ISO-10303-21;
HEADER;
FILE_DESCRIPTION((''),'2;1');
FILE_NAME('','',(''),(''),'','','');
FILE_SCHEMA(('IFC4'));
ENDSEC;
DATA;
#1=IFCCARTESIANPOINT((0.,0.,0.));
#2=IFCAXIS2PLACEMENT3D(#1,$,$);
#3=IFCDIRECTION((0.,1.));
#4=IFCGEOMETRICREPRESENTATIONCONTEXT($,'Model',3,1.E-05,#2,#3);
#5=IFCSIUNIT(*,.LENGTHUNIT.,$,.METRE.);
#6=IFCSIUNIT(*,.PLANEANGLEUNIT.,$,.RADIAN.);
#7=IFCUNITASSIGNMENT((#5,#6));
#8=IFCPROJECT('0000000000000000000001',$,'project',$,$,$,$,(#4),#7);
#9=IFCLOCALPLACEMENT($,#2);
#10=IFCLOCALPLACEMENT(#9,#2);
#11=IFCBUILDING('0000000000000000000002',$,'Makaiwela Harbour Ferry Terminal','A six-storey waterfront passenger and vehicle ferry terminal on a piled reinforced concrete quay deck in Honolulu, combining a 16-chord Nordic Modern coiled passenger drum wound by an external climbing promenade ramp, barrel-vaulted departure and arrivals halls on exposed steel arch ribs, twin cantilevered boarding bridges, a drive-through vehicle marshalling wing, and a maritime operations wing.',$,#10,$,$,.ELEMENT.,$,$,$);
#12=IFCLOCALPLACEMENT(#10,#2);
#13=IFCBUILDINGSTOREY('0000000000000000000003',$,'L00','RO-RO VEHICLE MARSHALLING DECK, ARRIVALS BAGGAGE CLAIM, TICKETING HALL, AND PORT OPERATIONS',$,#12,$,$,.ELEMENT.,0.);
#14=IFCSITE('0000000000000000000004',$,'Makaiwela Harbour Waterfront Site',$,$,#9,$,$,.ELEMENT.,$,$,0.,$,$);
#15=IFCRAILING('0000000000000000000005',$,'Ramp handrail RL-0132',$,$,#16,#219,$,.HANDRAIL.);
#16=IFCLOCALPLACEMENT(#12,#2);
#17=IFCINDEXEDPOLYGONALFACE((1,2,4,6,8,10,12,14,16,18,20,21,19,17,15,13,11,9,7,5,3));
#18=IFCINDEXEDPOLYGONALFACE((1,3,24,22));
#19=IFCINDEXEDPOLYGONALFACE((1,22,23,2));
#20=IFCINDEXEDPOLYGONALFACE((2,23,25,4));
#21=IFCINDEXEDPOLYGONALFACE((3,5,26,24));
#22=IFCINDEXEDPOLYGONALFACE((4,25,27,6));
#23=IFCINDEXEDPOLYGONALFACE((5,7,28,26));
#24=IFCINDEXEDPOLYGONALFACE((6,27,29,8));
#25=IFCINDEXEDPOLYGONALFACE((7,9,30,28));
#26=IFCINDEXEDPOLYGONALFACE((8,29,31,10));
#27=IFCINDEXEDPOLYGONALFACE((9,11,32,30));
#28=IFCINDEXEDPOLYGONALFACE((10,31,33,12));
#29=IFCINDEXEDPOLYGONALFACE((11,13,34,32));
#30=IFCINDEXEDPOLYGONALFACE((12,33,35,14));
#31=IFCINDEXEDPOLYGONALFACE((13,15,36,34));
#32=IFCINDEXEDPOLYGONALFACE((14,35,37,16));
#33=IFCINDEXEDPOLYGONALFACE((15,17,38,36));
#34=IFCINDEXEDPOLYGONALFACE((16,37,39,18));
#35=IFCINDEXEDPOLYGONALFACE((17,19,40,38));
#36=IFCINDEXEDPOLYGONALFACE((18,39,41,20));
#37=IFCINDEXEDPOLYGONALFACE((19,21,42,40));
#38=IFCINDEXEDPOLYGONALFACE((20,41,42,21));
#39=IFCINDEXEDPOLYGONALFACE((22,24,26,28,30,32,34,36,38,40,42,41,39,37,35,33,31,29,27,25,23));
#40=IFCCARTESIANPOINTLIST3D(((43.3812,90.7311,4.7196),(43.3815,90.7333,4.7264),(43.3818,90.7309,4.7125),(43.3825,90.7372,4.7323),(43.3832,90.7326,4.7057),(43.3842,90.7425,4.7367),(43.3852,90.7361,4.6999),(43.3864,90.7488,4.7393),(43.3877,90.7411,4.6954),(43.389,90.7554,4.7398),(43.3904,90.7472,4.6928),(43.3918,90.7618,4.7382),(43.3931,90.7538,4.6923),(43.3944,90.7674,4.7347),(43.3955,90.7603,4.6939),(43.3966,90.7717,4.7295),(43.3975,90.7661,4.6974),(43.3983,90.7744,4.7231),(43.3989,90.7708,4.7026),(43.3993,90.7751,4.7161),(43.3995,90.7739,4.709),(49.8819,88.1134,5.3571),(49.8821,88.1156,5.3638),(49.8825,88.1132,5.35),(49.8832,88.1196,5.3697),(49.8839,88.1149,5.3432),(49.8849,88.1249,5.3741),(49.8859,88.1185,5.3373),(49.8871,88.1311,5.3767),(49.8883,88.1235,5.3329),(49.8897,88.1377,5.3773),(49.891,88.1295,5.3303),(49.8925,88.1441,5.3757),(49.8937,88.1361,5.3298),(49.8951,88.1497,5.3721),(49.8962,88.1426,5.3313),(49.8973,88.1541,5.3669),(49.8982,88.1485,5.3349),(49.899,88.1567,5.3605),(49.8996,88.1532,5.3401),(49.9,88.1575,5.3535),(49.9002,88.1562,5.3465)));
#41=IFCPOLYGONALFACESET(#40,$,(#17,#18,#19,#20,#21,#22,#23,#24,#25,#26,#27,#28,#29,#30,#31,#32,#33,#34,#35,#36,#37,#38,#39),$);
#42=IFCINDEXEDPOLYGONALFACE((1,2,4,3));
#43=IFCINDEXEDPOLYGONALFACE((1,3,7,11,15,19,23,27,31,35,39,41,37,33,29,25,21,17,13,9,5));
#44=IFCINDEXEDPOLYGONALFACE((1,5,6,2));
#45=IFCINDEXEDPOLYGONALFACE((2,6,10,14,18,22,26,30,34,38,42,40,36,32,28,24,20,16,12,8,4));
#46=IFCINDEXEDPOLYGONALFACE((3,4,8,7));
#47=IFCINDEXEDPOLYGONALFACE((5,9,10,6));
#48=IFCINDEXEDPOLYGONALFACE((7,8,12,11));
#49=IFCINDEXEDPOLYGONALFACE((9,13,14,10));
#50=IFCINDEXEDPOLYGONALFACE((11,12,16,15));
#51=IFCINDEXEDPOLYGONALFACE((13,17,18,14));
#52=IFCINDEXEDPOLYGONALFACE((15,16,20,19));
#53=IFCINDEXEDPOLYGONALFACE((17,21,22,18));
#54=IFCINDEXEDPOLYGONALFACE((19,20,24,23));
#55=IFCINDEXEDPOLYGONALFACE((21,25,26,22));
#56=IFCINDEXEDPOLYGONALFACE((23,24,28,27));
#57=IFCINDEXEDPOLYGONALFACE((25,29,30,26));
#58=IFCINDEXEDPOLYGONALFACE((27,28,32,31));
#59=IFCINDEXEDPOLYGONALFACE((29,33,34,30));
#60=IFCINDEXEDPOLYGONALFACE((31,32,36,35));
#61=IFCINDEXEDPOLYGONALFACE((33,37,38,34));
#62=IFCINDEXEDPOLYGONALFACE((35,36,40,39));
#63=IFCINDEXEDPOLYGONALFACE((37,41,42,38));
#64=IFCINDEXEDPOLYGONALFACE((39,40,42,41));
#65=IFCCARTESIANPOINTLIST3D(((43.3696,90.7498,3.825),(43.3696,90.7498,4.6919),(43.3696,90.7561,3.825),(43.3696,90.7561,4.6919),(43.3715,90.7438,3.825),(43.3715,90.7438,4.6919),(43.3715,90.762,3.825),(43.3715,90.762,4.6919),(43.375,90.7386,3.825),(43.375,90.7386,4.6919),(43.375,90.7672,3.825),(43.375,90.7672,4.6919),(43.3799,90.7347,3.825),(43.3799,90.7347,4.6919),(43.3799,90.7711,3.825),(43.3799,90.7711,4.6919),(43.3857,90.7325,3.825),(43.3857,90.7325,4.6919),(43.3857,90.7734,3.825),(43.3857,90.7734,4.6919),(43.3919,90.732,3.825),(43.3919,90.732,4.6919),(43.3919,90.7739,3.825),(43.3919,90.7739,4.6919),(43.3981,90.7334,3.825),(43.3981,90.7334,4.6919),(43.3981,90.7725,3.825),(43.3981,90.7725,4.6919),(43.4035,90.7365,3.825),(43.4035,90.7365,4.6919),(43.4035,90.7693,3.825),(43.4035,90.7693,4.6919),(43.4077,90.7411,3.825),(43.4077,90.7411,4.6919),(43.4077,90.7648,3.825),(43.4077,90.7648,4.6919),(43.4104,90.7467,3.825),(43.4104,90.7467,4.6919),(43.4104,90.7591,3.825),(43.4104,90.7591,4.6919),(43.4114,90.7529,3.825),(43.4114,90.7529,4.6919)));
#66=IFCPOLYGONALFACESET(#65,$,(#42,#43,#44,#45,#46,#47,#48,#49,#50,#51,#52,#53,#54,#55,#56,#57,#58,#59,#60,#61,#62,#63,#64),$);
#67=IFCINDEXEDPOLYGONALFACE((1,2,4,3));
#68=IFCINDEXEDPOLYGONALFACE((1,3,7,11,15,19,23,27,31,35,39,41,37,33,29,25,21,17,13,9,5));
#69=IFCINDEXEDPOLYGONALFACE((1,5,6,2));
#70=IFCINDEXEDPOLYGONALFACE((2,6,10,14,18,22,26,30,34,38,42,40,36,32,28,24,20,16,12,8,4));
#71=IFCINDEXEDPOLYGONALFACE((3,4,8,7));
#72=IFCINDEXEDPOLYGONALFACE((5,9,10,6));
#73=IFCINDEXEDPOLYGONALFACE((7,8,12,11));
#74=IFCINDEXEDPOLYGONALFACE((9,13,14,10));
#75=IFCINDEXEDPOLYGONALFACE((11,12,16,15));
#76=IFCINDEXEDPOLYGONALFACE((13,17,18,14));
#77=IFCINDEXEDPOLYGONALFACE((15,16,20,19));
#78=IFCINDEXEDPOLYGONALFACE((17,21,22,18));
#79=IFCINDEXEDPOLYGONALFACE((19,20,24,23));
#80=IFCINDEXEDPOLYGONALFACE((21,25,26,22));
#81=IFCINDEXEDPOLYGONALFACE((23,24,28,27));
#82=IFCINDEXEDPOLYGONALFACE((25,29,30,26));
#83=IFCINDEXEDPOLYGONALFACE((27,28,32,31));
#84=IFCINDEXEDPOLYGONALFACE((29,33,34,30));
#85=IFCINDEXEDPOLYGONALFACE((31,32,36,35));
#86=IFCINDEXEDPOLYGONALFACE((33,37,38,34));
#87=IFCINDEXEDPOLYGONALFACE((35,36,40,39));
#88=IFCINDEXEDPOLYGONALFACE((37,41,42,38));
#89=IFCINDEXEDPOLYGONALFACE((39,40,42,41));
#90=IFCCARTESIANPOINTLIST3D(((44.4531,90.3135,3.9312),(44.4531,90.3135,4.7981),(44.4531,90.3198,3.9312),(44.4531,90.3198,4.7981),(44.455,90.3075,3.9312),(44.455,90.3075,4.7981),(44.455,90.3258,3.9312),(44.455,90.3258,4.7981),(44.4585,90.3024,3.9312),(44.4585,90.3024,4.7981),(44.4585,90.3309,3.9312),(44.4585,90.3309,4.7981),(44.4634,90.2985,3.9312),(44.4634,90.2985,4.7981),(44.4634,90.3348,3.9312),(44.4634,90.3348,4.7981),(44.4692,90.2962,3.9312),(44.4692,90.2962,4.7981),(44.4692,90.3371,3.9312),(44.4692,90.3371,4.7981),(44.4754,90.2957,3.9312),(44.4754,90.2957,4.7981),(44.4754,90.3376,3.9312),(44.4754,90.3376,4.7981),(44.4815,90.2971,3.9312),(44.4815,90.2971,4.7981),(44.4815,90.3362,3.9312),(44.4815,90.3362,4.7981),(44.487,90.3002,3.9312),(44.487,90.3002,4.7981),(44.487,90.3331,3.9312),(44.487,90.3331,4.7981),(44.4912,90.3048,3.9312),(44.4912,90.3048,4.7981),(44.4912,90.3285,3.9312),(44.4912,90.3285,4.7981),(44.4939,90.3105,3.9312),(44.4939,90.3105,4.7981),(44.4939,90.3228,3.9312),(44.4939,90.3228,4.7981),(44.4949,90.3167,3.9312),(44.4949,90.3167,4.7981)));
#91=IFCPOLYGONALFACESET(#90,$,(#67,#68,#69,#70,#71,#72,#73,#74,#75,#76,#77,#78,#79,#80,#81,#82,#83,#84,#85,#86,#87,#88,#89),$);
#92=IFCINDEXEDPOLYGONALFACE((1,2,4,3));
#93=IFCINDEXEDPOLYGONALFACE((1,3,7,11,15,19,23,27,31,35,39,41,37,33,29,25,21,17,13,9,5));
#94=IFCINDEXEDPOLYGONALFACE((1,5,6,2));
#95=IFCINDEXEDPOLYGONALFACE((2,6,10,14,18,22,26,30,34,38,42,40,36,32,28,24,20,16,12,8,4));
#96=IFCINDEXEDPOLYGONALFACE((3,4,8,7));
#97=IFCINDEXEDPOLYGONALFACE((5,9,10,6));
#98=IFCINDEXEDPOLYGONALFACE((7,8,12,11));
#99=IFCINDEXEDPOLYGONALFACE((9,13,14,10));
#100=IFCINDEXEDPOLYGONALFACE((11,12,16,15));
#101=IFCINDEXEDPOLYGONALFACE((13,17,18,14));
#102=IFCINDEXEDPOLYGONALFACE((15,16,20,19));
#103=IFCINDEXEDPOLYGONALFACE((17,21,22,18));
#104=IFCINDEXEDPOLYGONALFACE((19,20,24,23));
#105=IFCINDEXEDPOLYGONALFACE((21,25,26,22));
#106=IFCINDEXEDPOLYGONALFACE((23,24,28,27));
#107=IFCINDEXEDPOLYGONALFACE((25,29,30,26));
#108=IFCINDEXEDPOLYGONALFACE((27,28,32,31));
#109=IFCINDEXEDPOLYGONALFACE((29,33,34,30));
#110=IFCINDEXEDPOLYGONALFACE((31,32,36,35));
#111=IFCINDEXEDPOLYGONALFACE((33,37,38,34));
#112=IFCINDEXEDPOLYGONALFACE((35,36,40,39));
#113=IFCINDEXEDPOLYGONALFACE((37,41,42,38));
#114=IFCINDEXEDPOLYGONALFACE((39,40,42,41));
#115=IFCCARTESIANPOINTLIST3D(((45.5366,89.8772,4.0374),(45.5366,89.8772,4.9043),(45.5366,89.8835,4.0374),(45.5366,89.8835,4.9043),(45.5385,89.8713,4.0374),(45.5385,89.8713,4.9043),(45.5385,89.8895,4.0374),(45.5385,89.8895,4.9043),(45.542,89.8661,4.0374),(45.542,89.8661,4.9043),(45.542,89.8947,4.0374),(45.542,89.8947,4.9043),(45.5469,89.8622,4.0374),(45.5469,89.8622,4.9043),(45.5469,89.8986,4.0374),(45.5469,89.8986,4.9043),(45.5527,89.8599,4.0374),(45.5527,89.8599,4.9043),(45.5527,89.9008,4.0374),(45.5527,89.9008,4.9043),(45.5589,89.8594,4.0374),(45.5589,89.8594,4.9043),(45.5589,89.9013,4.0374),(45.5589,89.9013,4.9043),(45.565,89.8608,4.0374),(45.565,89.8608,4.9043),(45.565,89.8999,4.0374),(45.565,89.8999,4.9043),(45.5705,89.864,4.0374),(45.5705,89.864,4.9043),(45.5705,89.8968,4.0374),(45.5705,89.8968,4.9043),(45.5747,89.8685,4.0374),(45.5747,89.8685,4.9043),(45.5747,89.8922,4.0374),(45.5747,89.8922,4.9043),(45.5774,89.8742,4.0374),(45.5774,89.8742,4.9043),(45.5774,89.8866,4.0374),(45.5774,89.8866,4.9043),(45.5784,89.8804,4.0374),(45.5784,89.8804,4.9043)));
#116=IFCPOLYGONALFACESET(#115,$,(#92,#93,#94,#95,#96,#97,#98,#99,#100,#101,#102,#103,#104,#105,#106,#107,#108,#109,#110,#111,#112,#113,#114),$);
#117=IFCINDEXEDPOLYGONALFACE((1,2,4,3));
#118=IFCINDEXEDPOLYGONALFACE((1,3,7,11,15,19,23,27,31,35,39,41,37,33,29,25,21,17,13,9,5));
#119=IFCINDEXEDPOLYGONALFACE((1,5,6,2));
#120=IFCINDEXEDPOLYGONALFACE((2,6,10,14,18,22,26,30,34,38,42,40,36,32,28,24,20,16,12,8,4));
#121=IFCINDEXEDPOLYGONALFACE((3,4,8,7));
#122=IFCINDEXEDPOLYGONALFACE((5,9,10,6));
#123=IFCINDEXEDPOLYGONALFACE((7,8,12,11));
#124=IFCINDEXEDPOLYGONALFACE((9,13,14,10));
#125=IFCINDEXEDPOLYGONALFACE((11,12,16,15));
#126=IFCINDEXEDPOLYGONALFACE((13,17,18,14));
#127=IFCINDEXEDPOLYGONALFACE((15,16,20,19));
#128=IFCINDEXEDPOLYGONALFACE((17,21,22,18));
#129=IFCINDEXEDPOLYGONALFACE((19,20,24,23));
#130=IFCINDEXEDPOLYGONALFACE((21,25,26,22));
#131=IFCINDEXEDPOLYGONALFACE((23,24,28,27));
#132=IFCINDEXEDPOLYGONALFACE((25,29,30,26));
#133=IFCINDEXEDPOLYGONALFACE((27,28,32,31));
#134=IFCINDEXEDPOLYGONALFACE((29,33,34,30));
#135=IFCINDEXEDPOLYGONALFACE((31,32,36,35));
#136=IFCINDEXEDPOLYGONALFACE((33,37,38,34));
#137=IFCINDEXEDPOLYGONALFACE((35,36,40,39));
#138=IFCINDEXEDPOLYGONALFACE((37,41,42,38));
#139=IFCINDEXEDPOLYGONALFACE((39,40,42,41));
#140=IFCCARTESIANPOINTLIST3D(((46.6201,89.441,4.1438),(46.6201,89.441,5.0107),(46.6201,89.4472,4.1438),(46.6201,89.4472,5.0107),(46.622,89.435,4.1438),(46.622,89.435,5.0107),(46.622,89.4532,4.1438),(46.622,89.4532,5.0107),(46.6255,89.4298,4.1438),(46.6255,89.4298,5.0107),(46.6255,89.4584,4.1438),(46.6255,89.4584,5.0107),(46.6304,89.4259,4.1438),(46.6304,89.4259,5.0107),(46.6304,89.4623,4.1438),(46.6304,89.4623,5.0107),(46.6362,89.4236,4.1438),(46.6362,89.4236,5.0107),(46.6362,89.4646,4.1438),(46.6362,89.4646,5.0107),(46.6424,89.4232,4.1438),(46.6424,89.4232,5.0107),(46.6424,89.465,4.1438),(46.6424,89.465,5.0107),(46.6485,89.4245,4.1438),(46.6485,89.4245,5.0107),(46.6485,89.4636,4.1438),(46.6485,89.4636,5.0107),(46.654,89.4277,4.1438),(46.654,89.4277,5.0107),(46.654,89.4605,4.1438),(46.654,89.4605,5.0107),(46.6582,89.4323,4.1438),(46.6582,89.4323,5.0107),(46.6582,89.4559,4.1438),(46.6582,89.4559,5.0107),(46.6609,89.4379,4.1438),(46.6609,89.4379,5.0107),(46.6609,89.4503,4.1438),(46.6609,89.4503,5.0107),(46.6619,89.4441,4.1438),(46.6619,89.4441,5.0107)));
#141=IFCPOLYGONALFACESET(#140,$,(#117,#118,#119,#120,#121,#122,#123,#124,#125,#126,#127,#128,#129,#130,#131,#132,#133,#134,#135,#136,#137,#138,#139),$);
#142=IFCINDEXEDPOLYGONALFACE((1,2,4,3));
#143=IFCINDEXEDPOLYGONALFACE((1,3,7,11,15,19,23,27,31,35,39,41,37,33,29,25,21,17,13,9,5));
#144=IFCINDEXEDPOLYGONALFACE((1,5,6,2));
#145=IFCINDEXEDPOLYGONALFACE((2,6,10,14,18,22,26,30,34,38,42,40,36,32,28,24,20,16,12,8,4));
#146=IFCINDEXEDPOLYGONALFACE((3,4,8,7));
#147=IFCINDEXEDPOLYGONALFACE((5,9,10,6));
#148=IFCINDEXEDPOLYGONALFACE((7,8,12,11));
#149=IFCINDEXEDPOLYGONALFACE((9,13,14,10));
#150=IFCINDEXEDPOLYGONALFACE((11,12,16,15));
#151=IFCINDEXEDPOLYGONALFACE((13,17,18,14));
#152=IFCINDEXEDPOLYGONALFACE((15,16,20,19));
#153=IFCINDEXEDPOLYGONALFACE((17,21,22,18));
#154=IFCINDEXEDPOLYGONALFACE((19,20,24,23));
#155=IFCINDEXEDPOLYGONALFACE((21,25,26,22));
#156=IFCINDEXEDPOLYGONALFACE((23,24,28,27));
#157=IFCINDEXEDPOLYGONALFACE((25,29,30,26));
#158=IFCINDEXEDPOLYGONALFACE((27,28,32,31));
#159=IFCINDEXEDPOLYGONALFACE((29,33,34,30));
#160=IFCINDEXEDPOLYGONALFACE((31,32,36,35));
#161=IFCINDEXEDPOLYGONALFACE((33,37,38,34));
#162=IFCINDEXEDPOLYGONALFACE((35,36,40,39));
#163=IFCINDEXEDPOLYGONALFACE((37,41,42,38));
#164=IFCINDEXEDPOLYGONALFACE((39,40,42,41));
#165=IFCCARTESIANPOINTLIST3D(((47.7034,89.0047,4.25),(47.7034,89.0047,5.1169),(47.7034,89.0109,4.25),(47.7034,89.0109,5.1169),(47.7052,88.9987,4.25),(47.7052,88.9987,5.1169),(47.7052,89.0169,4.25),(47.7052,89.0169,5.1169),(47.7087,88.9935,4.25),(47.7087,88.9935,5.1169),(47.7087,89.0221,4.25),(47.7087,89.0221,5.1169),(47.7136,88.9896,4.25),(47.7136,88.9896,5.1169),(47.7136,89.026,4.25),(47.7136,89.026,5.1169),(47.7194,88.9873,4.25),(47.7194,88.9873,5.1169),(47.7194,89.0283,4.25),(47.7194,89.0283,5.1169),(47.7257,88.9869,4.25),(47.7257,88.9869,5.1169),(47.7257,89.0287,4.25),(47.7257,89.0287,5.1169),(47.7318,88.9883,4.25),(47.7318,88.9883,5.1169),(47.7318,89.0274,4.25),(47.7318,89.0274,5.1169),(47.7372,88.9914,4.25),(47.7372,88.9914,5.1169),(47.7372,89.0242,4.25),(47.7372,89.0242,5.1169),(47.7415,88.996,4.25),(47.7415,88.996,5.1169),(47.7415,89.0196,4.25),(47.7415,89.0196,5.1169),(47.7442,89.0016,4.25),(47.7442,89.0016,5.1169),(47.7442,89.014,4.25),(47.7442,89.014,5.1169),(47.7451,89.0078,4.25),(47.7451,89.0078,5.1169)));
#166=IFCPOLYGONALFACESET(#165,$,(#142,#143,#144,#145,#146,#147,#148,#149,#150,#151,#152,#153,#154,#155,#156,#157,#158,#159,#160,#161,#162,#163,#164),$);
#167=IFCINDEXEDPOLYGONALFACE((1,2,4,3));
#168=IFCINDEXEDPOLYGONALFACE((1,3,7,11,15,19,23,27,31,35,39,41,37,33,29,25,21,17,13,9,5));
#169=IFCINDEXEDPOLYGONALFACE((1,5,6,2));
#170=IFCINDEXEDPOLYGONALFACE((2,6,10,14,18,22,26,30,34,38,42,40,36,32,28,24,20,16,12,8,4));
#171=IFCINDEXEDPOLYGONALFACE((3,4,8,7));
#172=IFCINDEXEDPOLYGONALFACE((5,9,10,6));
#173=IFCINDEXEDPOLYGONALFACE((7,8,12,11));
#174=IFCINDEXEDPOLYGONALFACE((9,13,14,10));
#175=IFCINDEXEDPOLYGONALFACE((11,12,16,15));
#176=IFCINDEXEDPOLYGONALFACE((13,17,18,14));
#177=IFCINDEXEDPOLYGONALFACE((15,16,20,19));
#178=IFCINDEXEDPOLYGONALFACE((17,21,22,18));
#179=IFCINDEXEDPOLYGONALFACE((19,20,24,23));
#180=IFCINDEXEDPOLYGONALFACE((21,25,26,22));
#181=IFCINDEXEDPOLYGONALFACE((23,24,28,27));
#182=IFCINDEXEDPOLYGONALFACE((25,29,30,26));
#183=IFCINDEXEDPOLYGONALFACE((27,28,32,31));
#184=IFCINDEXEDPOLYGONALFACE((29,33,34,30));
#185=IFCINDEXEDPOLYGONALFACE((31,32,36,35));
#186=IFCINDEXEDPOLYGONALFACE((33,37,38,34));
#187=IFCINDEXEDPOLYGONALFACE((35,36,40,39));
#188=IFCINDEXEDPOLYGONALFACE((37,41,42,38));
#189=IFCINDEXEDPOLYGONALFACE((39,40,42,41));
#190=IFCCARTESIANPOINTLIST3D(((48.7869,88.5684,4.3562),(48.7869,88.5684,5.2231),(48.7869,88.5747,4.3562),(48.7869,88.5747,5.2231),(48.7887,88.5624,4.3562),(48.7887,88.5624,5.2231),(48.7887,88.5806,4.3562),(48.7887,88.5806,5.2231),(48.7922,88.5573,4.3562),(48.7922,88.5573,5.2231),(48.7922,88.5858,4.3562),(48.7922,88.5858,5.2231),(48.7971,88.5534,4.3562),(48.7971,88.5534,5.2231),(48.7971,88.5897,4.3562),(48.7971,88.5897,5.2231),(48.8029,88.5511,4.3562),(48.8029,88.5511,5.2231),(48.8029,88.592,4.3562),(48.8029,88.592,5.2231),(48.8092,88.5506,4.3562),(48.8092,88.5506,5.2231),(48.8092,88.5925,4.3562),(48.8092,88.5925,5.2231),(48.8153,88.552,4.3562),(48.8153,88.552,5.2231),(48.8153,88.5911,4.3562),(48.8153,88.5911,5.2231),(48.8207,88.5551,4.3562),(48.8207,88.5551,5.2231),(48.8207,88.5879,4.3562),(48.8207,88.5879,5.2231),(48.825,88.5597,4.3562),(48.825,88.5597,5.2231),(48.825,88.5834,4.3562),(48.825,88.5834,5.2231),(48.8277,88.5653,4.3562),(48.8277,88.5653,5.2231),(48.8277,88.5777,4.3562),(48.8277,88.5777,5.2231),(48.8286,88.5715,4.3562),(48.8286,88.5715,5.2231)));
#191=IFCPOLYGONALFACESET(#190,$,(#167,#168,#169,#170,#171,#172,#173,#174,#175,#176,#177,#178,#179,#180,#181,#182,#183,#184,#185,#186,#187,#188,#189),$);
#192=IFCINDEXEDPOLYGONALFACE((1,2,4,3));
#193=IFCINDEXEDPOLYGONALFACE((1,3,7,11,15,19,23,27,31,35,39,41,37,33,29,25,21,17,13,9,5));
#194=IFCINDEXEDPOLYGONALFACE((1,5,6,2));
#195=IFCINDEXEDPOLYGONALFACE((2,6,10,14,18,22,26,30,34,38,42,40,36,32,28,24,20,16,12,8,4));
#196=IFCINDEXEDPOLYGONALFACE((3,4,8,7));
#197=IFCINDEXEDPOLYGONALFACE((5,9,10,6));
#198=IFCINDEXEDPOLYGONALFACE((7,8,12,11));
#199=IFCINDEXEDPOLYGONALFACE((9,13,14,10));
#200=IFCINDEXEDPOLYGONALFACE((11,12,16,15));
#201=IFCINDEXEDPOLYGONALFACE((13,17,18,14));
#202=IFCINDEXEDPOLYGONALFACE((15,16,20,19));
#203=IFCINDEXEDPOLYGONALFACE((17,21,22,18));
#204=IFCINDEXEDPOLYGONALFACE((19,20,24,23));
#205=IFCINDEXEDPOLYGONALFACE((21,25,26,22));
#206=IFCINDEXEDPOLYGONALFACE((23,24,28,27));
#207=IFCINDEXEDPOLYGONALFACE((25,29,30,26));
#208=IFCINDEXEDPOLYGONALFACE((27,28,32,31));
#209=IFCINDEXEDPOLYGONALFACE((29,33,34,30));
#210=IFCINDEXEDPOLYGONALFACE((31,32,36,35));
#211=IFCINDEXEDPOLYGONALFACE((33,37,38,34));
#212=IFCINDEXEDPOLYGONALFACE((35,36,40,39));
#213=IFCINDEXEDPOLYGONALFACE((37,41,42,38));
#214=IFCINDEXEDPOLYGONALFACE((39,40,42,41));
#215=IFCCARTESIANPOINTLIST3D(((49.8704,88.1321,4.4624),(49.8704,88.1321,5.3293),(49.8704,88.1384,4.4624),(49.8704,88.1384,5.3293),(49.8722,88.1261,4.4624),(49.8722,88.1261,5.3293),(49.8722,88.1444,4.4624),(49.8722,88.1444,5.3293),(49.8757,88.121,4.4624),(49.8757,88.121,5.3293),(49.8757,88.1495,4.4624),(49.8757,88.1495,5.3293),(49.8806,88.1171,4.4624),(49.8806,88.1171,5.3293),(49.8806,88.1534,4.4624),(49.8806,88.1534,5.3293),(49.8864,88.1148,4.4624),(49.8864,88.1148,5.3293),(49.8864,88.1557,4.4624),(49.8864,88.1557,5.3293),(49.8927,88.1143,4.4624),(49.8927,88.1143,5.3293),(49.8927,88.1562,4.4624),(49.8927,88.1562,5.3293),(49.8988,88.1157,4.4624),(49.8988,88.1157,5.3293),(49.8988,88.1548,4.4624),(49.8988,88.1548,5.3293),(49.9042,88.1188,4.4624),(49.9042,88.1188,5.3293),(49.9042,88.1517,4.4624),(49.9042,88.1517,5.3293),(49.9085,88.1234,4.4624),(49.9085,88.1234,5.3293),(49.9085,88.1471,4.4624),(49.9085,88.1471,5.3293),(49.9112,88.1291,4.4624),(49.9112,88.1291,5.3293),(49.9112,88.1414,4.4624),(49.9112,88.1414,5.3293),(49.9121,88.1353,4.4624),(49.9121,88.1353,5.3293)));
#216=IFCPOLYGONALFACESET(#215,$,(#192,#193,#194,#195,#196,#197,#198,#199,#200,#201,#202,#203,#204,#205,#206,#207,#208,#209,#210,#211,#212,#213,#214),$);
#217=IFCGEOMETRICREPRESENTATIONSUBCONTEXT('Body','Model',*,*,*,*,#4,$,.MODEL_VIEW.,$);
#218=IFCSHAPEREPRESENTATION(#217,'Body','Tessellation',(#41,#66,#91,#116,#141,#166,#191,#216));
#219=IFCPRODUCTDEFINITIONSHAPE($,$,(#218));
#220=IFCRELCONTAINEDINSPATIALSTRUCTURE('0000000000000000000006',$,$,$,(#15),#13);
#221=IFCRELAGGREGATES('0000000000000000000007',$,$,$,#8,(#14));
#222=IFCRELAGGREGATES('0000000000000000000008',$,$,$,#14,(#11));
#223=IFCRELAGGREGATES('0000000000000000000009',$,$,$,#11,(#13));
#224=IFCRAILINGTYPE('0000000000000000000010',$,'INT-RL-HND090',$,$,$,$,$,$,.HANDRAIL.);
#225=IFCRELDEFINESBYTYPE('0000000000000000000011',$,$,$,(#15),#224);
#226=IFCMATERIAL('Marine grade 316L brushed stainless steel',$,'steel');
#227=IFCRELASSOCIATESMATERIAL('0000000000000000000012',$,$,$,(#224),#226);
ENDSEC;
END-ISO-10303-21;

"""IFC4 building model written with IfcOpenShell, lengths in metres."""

from ifc_helpers import new_model, si_unit, direction, frame, origin, origin_2d, place, context, subcontext, project, spatial, circle, extrude, material, type_object, element, save


model = new_model("IFC4")

# Units and contexts
model_context = context("Model", 3, precision=1e-05, world=origin(), true_north=direction((0.0, 1.0)))
body_context = subcontext(model_context, "Body", "Model", "MODEL_VIEW")
ifc_project = project(units=[si_unit("LENGTHUNIT", "METRE"), si_unit("PLANEANGLEUNIT", "RADIAN")], contexts=[model_context])

# Site, building, storey
site_placement = place(None, origin())
site = spatial("IfcSite", under=ifc_project, at=site_placement, Name="Makaiwela Harbour Waterfront Site", CompositionType="ELEMENT", RefElevation=0.0)
building_placement = place(site_placement, origin())
building = spatial("IfcBuilding", under=site, at=building_placement, Name="Makaiwela Harbour Ferry Terminal", Description="A six-storey waterfront passenger and vehicle ferry terminal on a piled reinforced concrete quay deck in Honolulu, combining a 16-chord Nordic Modern coiled passenger drum wound by an external climbing promenade ramp, barrel-vaulted departure and arrivals halls on exposed steel arch ribs, twin cantilevered boarding bridges, a drive-through vehicle marshalling wing, and a maritime operations wing.", CompositionType="ELEMENT")
storey_placement = place(building_placement, origin())
storey = spatial("IfcBuildingStorey", under=building, at=storey_placement, Name="L00", Description="RO-RO VEHICLE MARSHALLING DECK, ARRIVALS BAGGAGE CLAIM, TICKETING HALL, AND PORT OPERATIONS", CompositionType="ELEMENT", Elevation=0.0)

# Railing
ifc_material_1 = material(Name="Marine grade 316L brushed stainless steel", Category="steel")
railing_type_1 = type_object("IfcRailingType", Name="INT-RL-HND090", PredefinedType="HANDRAIL", material=ifc_material_1)
railing_1_placement = place(storey_placement, frame((43.3904, 90.7529, 3.825)))
element("IfcRailing", 1, at=railing_1_placement, inside=storey, type_object=railing_type_1, Name="Ramp handrail RL-0132", PredefinedType="HANDRAIL", context=body_context, shape_type="SweptSolid", body=[
    extrude(circle(Radius=0.0239, at=origin_2d()), frame((0.0, 0.0, 0.8911), z_axis=(0.923805, -0.371992, 0.090587), x_axis=(0.373528, 0.927619, 0.0)), (0.0, 0.0, 1.0), 7.0369),
    extrude(circle(Radius=0.021, at=origin_2d()), origin(), (0.0, 0.0, 1.0), 0.8669),
    extrude(circle(Radius=0.021, at=origin_2d()), frame((1.0835, -0.4363, 0.1062)), (0.0, 0.0, 1.0), 0.8669),
    extrude(circle(Radius=0.021, at=origin_2d()), frame((2.167, -0.8726, 0.2124)), (0.0, 0.0, 1.0), 0.8669),
    extrude(circle(Radius=0.021, at=origin_2d()), frame((3.2505, -1.3088, 0.3188)), (0.0, 0.0, 1.0), 0.8669),
    extrude(circle(Radius=0.021, at=origin_2d()), frame((4.3337, -1.7451, 0.425)), (0.0, 0.0, 1.0), 0.8669),
    extrude(circle(Radius=0.021, at=origin_2d()), frame((5.4172, -2.1814, 0.5312)), (0.0, 0.0, 1.0), 0.8669),
    extrude(circle(Radius=0.021, at=origin_2d()), frame((6.5007, -2.6177, 0.6375)), (0.0, 0.0, 1.0), 0.8669),
])

save(model, "model.ifc")
